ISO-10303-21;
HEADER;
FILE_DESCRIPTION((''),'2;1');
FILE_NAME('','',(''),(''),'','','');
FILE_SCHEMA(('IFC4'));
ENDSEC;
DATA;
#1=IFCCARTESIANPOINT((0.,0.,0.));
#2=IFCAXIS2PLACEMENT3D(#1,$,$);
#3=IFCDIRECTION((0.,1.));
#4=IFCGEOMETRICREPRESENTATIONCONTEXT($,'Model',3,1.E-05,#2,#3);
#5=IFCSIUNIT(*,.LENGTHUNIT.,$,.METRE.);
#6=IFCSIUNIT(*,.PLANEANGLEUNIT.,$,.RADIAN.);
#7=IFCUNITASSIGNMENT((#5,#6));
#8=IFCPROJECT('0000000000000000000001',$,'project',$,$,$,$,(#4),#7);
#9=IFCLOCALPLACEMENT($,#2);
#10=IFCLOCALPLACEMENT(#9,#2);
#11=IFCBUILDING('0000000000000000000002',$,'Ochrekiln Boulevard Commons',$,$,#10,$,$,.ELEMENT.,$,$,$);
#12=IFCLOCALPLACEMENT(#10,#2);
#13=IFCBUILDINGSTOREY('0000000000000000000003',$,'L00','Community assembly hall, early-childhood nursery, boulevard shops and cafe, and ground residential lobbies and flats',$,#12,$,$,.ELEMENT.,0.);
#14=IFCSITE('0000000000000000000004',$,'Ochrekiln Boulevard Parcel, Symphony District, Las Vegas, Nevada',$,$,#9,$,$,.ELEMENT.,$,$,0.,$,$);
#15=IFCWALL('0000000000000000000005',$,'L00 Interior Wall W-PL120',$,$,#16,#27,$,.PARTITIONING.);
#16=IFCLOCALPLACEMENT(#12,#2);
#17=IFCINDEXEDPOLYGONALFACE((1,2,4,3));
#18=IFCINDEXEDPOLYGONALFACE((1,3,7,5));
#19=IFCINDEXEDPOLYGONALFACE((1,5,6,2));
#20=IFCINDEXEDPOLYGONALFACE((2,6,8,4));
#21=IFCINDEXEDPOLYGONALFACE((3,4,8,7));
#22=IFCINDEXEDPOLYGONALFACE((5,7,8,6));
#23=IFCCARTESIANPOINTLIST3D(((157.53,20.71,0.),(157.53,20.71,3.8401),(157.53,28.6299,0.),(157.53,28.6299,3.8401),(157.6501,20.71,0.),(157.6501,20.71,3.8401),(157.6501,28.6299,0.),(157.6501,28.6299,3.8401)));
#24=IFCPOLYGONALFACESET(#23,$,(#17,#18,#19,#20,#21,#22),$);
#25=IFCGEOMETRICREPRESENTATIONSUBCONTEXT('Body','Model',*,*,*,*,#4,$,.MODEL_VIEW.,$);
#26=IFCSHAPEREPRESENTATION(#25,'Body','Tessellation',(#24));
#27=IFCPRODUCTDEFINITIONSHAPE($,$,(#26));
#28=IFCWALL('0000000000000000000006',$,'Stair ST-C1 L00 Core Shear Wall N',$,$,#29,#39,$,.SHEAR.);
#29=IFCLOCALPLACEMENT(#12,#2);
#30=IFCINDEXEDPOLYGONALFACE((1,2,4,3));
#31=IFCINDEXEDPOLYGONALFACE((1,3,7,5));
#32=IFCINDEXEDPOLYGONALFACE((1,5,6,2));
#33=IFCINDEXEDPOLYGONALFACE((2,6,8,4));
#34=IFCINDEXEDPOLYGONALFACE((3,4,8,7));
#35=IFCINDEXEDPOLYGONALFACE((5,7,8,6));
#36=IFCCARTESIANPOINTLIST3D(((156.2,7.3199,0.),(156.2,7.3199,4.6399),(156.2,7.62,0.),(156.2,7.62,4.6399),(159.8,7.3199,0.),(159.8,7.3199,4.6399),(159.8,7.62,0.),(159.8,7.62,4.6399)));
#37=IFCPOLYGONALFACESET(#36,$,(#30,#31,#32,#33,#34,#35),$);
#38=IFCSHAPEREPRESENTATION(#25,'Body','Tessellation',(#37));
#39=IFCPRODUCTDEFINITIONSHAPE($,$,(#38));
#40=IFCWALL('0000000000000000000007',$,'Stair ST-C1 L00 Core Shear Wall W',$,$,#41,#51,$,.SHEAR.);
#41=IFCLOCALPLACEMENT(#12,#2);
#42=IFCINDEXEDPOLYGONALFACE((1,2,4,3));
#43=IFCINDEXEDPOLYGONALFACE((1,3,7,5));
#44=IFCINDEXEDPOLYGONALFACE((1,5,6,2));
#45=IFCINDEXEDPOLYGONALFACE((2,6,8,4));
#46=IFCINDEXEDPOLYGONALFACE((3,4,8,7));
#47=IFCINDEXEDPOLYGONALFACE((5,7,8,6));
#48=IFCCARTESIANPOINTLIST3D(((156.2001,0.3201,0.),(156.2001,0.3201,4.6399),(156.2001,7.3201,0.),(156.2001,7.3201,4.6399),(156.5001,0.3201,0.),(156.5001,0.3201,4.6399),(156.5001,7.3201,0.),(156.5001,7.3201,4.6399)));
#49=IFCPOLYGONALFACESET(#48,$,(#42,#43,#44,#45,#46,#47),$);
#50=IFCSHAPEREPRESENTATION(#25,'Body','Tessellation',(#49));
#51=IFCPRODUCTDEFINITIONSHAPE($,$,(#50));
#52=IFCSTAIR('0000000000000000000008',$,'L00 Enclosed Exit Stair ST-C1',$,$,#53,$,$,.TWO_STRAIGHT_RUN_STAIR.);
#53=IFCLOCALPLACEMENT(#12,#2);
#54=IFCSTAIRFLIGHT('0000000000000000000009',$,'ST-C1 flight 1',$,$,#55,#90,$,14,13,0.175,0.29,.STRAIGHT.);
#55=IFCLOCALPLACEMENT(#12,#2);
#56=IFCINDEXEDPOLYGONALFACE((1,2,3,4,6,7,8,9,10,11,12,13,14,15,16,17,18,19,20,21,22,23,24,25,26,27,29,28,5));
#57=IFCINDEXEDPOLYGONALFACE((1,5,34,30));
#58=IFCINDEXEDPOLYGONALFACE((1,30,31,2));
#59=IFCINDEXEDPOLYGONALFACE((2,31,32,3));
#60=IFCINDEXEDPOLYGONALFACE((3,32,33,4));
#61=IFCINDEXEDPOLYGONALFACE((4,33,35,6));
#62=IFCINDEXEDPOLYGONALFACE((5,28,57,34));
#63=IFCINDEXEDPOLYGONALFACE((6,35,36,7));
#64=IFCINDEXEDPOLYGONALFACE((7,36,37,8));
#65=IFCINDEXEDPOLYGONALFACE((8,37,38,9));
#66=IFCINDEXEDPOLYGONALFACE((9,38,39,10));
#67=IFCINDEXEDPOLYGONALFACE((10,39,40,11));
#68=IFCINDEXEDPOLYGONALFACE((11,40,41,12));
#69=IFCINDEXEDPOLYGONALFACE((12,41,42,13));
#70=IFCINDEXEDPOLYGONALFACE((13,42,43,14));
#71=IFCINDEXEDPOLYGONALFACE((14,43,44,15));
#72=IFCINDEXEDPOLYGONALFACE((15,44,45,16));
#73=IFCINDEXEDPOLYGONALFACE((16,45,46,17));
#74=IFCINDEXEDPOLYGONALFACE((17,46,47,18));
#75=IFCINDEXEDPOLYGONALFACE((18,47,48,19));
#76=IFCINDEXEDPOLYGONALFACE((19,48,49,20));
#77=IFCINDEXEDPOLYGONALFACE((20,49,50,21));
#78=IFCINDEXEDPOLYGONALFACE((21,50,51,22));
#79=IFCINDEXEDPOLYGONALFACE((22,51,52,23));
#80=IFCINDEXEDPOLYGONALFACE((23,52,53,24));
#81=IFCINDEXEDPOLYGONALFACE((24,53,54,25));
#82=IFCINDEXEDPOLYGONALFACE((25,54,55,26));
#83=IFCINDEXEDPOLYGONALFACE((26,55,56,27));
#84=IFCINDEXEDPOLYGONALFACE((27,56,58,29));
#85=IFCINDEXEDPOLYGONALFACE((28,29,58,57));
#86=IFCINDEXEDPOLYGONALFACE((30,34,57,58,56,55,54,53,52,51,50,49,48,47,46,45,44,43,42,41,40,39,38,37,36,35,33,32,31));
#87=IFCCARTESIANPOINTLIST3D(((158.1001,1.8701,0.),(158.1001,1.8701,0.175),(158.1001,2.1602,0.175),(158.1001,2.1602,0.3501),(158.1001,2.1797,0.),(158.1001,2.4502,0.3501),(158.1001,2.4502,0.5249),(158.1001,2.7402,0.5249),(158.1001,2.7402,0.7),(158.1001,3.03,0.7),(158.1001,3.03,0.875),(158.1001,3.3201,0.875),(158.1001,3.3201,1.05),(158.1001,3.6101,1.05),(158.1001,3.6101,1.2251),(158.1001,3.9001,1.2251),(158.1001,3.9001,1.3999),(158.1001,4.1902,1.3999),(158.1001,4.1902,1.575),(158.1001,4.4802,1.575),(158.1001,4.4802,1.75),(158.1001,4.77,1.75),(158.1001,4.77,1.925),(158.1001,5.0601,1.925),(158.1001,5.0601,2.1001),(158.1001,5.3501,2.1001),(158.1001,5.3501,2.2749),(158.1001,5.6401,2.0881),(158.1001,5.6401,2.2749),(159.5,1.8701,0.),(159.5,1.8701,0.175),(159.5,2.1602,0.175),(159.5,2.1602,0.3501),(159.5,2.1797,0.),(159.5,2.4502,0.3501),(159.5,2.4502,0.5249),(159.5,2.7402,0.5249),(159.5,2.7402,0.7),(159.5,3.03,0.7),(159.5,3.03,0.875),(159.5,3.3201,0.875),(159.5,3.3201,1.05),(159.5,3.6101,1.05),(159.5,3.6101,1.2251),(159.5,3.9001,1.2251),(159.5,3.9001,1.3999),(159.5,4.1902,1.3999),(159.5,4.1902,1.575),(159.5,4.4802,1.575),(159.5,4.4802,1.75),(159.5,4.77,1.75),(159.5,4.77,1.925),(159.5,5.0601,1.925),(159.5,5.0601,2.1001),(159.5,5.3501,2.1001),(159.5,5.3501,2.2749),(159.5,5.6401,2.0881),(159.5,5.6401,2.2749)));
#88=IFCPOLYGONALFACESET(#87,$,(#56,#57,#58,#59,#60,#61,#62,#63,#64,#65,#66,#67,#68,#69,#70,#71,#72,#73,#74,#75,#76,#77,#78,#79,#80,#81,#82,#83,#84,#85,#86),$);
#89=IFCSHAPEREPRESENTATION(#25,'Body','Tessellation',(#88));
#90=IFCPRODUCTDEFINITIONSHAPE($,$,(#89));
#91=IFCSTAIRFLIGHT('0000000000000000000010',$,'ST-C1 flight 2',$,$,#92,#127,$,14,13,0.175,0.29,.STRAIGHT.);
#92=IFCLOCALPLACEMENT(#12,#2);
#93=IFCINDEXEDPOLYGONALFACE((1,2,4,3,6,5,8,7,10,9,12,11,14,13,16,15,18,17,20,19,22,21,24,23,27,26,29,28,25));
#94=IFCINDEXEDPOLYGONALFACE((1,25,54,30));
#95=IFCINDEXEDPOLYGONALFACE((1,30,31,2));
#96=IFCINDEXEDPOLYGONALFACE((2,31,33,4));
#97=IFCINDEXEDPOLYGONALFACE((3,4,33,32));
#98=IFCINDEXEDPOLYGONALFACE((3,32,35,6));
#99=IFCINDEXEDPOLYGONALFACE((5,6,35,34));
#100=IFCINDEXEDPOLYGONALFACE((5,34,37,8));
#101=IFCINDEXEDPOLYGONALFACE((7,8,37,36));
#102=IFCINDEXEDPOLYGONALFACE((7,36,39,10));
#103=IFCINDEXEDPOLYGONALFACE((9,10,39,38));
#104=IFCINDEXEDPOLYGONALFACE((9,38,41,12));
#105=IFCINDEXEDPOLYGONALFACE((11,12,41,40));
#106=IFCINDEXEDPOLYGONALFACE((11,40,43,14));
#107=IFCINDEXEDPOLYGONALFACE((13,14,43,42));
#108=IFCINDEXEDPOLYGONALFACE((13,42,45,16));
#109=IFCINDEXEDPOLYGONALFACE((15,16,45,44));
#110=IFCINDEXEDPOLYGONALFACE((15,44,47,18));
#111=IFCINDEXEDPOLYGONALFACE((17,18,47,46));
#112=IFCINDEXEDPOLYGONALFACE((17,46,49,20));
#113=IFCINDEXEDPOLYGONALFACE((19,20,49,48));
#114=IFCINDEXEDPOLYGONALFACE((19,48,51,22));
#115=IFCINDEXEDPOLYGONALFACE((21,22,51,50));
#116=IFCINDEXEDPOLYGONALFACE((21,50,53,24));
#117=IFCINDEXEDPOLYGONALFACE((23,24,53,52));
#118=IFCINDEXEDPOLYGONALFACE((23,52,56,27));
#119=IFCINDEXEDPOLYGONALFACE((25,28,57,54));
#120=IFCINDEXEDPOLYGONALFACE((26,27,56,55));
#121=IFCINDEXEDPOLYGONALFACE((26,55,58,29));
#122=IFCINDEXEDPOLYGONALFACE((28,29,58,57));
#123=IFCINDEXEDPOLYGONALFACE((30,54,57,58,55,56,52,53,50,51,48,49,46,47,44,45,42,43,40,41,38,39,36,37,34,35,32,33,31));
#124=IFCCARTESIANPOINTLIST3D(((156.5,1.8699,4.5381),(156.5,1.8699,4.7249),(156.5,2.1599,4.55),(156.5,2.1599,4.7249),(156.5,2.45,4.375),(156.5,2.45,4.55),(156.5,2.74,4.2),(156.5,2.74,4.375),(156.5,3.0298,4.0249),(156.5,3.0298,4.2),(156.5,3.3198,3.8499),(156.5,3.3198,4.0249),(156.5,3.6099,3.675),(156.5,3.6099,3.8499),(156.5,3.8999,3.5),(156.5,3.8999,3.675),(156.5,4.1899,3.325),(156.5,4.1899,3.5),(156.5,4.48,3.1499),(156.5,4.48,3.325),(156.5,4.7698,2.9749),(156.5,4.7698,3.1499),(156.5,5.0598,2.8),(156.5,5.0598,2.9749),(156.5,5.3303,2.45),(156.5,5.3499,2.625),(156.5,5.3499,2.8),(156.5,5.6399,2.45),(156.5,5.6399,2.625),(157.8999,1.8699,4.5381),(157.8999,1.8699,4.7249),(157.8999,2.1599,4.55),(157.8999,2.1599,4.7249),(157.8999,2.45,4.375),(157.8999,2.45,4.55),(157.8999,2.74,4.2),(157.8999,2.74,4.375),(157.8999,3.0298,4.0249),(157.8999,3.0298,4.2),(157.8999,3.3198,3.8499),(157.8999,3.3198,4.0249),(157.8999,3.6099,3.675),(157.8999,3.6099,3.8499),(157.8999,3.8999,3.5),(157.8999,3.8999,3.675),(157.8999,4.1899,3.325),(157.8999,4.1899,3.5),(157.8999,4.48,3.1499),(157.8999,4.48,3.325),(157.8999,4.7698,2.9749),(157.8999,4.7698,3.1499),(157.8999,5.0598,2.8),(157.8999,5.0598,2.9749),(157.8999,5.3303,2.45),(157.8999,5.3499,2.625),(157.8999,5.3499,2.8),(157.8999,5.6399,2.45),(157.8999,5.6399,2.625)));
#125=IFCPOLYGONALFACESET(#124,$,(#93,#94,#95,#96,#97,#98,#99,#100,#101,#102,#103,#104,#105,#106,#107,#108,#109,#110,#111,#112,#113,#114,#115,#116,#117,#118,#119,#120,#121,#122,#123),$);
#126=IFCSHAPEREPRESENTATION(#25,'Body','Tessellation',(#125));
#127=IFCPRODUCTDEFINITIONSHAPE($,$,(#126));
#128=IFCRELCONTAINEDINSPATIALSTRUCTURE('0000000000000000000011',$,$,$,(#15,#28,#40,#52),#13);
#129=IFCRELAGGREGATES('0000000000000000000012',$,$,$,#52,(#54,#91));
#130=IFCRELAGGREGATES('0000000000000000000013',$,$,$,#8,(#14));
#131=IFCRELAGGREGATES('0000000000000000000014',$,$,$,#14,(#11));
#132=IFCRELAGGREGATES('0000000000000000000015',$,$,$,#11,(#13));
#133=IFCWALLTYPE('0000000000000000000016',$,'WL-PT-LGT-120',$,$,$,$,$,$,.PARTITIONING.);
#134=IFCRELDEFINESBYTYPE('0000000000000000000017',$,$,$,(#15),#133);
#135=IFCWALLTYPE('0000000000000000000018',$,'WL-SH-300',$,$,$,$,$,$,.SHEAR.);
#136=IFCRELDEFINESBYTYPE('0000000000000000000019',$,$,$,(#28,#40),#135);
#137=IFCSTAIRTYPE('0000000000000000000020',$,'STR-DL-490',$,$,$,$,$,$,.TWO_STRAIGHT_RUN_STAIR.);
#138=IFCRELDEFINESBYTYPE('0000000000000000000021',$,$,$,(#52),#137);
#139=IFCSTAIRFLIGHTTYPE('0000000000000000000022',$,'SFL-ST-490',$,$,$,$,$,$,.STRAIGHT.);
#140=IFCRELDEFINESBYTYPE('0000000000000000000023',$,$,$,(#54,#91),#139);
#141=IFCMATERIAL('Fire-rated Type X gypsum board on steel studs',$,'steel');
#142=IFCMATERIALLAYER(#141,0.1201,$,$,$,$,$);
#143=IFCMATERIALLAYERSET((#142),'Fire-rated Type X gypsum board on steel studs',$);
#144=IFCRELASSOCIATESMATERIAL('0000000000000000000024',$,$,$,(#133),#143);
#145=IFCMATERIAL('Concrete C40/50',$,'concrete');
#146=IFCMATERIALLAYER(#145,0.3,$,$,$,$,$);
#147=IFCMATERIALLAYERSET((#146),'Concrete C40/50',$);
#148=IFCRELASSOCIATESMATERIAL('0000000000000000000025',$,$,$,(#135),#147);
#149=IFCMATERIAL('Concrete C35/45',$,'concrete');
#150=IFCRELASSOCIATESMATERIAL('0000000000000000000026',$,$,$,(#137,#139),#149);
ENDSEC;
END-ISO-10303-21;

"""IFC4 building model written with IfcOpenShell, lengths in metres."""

from ifc_helpers import new_model, si_unit, direction, frame, frame_2d, origin, place, context, subcontext, project, spatial, polyline, rectangle, outline, extrude, material, layer, layer_set, type_object, element, aggregate, save


model = new_model("IFC4")

# Units and contexts
model_context = context("Model", 3, precision=1e-05, world=origin(), true_north=direction((0.0, 1.0)))
body_context = subcontext(model_context, "Body", "Model", "MODEL_VIEW")
ifc_project = project(units=[si_unit("LENGTHUNIT", "METRE"), si_unit("PLANEANGLEUNIT", "RADIAN")], contexts=[model_context])

# Site, building, storey
site_placement = place(None, origin())
site = spatial("IfcSite", under=ifc_project, at=site_placement, Name="Ochrekiln Boulevard Parcel, Symphony District, Las Vegas, Nevada", CompositionType="ELEMENT", RefElevation=0.0)
building_placement = place(site_placement, origin())
building = spatial("IfcBuilding", under=site, at=building_placement, Name="Ochrekiln Boulevard Commons", CompositionType="ELEMENT")
storey_placement = place(building_placement, origin())
storey = spatial("IfcBuildingStorey", under=building, at=storey_placement, Name="L00", Description="Community assembly hall, early-childhood nursery, boulevard shops and cafe, and ground residential lobbies and flats", CompositionType="ELEMENT", Elevation=0.0)

# Shared definitions
ifc_material_1 = material(Name="Concrete C40/50", Category="concrete")

# Shared definitions
ifc_material_2 = material(Name="Concrete C35/45", Category="concrete")

# Shared definitions
ifc_material_3 = material(Name="Fire-rated Type X gypsum board on steel studs", Category="steel")
ifc_layer_1 = layer(ifc_material_3, 0.1201)
ifc_layer_set_1 = layer_set([ifc_layer_1], Name="Fire-rated Type X gypsum board on steel studs")
wall_type_1 = type_object("IfcWallType", Name="WL-PT-LGT-120", PredefinedType="PARTITIONING", material=ifc_layer_set_1)

# Walls
wall_1_placement = place(storey_placement, frame((157.5901, 20.71, 0.0), z_axis=(0.0, 0.0, 1.0), x_axis=(0.0, 1.0, 0.0)))
element("IfcWall", 1, at=wall_1_placement, inside=storey, type_object=wall_type_1, Name="L00 Interior Wall W-PL120", PredefinedType="PARTITIONING", context=body_context, shape_type="SweptSolid", body=[
    extrude(rectangle(XDim=7.9199, YDim=0.1201, at=frame_2d((3.96, 0.0))), origin(), (0.0, 0.0, 1.0), 3.8401),
])
ifc_layer_2 = layer(ifc_material_1, 0.3)
ifc_layer_set_2 = layer_set([ifc_layer_2], Name="Concrete C40/50")
wall_type_2 = type_object("IfcWallType", Name="WL-SH-300", PredefinedType="SHEAR", material=ifc_layer_set_2)
wall_2_placement = place(storey_placement, frame((156.2, 7.47, 0.0), z_axis=(0.0, 0.0, 1.0), x_axis=(1.0, 0.0, 0.0)))
element("IfcWall", 2, at=wall_2_placement, inside=storey, type_object=wall_type_2, Name="Stair ST-C1 L00 Core Shear Wall N", PredefinedType="SHEAR", context=body_context, shape_type="SweptSolid", body=[
    extrude(rectangle(XDim=3.6001, YDim=0.3, at=frame_2d((1.8, 0.0))), origin(), (0.0, 0.0, 1.0), 4.6399),
])
wall_3_placement = place(storey_placement, frame((156.3501, 0.3201, 0.0), z_axis=(0.0, 0.0, 1.0), x_axis=(0.0, 1.0, 0.0)))
element("IfcWall", 3, at=wall_3_placement, inside=storey, type_object=wall_type_2, Name="Stair ST-C1 L00 Core Shear Wall W", PredefinedType="SHEAR", context=body_context, shape_type="SweptSolid", body=[
    extrude(rectangle(XDim=7.0, YDim=0.3, at=frame_2d((3.5, 0.0))), origin(), (0.0, 0.0, 1.0), 4.6399),
])

# Stair, stair flights
stair_type = type_object("IfcStairType", Name="STR-DL-490", PredefinedType="TWO_STRAIGHT_RUN_STAIR", material=ifc_material_2)
stair_placement = place(storey_placement, origin())
stair = element("IfcStair", 4, at=stair_placement, inside=storey, type_object=stair_type, Name="L00 Enclosed Exit Stair ST-C1", PredefinedType="TWO_STRAIGHT_RUN_STAIR")
stair_flight_type = type_object("IfcStairFlightType", Name="SFL-ST-490", PredefinedType="STRAIGHT", material=ifc_material_2)
stair_flight_1_placement = place(storey_placement, frame((158.8, 1.8701, 0.0), z_axis=(0.0, 0.0, 1.0), x_axis=(0.0, 1.0, 0.0)))
stair_flight_1 = element("IfcStairFlight", 5, at=stair_flight_1_placement, type_object=stair_flight_type, Name="ST-C1 flight 1", NumberOfRisers=14, NumberOfTreads=13, PredefinedType="STRAIGHT", RiserHeight=0.175, TreadLength=0.29, context=body_context, shape_type="SweptSolid", body=[
    extrude(outline(polyline([(0.0, 0.0), (0.0, 0.175), (0.29, 0.175), (0.29, 0.3501), (0.5801, 0.3501), (0.5801, 0.5249), (0.8701, 0.5249), (0.8701, 0.7), (1.1599, 0.7), (1.1599, 0.875), (1.45, 0.875), (1.45, 1.05), (1.74, 1.05), (1.74, 1.2251), (2.03, 1.2251), (2.03, 1.3999), (2.3201, 1.3999), (2.3201, 1.575), (2.6101, 1.575), (2.6101, 1.75), (2.8999, 1.75), (2.8999, 1.925), (3.1899, 1.925), (3.1899, 2.1001), (3.48, 2.1001), (3.48, 2.2749), (3.77, 2.2749), (3.77, 2.45), (3.77, 2.0881), (0.3096, 0.0), (0.0, 0.0)])), frame((0.0, 0.7, 0.0), z_axis=(0.0, -1.0, 0.0), x_axis=(1.0, 0.0, 0.0)), (0.0, 0.0, 1.0), 1.3999),
])
stair_flight_2_placement = place(storey_placement, frame((157.2, 5.6399, 2.45), z_axis=(0.0, 0.0, 1.0), x_axis=(0.0, -1.0, 0.0)))
stair_flight_2 = element("IfcStairFlight", 6, at=stair_flight_2_placement, type_object=stair_flight_type, Name="ST-C1 flight 2", NumberOfRisers=14, NumberOfTreads=13, PredefinedType="STRAIGHT", RiserHeight=0.175, TreadLength=0.29, context=body_context, shape_type="SweptSolid", body=[
    extrude(outline(polyline([(0.0, 0.0), (0.0, 0.175), (0.29, 0.175), (0.29, 0.3501), (0.5801, 0.3501), (0.5801, 0.5249), (0.8701, 0.5249), (0.8701, 0.7), (1.1599, 0.7), (1.1599, 0.875), (1.45, 0.875), (1.45, 1.05), (1.74, 1.05), (1.74, 1.2251), (2.03, 1.2251), (2.03, 1.3999), (2.3201, 1.3999), (2.3201, 1.575), (2.6101, 1.575), (2.6101, 1.75), (2.8999, 1.75), (2.8999, 1.925), (3.1899, 1.925), (3.1899, 2.1001), (3.48, 2.1001), (3.48, 2.2749), (3.77, 2.2749), (3.77, 2.45), (3.77, 2.0881), (0.3096, 0.0), (0.0, 0.0)])), frame((0.0, 0.7, 0.0), z_axis=(0.0, -1.0, 0.0), x_axis=(1.0, 0.0, 0.0)), (0.0, 0.0, 1.0), 1.3999),
])
aggregate(stair, [stair_flight_1, stair_flight_2])

save(model, "model.ifc")
